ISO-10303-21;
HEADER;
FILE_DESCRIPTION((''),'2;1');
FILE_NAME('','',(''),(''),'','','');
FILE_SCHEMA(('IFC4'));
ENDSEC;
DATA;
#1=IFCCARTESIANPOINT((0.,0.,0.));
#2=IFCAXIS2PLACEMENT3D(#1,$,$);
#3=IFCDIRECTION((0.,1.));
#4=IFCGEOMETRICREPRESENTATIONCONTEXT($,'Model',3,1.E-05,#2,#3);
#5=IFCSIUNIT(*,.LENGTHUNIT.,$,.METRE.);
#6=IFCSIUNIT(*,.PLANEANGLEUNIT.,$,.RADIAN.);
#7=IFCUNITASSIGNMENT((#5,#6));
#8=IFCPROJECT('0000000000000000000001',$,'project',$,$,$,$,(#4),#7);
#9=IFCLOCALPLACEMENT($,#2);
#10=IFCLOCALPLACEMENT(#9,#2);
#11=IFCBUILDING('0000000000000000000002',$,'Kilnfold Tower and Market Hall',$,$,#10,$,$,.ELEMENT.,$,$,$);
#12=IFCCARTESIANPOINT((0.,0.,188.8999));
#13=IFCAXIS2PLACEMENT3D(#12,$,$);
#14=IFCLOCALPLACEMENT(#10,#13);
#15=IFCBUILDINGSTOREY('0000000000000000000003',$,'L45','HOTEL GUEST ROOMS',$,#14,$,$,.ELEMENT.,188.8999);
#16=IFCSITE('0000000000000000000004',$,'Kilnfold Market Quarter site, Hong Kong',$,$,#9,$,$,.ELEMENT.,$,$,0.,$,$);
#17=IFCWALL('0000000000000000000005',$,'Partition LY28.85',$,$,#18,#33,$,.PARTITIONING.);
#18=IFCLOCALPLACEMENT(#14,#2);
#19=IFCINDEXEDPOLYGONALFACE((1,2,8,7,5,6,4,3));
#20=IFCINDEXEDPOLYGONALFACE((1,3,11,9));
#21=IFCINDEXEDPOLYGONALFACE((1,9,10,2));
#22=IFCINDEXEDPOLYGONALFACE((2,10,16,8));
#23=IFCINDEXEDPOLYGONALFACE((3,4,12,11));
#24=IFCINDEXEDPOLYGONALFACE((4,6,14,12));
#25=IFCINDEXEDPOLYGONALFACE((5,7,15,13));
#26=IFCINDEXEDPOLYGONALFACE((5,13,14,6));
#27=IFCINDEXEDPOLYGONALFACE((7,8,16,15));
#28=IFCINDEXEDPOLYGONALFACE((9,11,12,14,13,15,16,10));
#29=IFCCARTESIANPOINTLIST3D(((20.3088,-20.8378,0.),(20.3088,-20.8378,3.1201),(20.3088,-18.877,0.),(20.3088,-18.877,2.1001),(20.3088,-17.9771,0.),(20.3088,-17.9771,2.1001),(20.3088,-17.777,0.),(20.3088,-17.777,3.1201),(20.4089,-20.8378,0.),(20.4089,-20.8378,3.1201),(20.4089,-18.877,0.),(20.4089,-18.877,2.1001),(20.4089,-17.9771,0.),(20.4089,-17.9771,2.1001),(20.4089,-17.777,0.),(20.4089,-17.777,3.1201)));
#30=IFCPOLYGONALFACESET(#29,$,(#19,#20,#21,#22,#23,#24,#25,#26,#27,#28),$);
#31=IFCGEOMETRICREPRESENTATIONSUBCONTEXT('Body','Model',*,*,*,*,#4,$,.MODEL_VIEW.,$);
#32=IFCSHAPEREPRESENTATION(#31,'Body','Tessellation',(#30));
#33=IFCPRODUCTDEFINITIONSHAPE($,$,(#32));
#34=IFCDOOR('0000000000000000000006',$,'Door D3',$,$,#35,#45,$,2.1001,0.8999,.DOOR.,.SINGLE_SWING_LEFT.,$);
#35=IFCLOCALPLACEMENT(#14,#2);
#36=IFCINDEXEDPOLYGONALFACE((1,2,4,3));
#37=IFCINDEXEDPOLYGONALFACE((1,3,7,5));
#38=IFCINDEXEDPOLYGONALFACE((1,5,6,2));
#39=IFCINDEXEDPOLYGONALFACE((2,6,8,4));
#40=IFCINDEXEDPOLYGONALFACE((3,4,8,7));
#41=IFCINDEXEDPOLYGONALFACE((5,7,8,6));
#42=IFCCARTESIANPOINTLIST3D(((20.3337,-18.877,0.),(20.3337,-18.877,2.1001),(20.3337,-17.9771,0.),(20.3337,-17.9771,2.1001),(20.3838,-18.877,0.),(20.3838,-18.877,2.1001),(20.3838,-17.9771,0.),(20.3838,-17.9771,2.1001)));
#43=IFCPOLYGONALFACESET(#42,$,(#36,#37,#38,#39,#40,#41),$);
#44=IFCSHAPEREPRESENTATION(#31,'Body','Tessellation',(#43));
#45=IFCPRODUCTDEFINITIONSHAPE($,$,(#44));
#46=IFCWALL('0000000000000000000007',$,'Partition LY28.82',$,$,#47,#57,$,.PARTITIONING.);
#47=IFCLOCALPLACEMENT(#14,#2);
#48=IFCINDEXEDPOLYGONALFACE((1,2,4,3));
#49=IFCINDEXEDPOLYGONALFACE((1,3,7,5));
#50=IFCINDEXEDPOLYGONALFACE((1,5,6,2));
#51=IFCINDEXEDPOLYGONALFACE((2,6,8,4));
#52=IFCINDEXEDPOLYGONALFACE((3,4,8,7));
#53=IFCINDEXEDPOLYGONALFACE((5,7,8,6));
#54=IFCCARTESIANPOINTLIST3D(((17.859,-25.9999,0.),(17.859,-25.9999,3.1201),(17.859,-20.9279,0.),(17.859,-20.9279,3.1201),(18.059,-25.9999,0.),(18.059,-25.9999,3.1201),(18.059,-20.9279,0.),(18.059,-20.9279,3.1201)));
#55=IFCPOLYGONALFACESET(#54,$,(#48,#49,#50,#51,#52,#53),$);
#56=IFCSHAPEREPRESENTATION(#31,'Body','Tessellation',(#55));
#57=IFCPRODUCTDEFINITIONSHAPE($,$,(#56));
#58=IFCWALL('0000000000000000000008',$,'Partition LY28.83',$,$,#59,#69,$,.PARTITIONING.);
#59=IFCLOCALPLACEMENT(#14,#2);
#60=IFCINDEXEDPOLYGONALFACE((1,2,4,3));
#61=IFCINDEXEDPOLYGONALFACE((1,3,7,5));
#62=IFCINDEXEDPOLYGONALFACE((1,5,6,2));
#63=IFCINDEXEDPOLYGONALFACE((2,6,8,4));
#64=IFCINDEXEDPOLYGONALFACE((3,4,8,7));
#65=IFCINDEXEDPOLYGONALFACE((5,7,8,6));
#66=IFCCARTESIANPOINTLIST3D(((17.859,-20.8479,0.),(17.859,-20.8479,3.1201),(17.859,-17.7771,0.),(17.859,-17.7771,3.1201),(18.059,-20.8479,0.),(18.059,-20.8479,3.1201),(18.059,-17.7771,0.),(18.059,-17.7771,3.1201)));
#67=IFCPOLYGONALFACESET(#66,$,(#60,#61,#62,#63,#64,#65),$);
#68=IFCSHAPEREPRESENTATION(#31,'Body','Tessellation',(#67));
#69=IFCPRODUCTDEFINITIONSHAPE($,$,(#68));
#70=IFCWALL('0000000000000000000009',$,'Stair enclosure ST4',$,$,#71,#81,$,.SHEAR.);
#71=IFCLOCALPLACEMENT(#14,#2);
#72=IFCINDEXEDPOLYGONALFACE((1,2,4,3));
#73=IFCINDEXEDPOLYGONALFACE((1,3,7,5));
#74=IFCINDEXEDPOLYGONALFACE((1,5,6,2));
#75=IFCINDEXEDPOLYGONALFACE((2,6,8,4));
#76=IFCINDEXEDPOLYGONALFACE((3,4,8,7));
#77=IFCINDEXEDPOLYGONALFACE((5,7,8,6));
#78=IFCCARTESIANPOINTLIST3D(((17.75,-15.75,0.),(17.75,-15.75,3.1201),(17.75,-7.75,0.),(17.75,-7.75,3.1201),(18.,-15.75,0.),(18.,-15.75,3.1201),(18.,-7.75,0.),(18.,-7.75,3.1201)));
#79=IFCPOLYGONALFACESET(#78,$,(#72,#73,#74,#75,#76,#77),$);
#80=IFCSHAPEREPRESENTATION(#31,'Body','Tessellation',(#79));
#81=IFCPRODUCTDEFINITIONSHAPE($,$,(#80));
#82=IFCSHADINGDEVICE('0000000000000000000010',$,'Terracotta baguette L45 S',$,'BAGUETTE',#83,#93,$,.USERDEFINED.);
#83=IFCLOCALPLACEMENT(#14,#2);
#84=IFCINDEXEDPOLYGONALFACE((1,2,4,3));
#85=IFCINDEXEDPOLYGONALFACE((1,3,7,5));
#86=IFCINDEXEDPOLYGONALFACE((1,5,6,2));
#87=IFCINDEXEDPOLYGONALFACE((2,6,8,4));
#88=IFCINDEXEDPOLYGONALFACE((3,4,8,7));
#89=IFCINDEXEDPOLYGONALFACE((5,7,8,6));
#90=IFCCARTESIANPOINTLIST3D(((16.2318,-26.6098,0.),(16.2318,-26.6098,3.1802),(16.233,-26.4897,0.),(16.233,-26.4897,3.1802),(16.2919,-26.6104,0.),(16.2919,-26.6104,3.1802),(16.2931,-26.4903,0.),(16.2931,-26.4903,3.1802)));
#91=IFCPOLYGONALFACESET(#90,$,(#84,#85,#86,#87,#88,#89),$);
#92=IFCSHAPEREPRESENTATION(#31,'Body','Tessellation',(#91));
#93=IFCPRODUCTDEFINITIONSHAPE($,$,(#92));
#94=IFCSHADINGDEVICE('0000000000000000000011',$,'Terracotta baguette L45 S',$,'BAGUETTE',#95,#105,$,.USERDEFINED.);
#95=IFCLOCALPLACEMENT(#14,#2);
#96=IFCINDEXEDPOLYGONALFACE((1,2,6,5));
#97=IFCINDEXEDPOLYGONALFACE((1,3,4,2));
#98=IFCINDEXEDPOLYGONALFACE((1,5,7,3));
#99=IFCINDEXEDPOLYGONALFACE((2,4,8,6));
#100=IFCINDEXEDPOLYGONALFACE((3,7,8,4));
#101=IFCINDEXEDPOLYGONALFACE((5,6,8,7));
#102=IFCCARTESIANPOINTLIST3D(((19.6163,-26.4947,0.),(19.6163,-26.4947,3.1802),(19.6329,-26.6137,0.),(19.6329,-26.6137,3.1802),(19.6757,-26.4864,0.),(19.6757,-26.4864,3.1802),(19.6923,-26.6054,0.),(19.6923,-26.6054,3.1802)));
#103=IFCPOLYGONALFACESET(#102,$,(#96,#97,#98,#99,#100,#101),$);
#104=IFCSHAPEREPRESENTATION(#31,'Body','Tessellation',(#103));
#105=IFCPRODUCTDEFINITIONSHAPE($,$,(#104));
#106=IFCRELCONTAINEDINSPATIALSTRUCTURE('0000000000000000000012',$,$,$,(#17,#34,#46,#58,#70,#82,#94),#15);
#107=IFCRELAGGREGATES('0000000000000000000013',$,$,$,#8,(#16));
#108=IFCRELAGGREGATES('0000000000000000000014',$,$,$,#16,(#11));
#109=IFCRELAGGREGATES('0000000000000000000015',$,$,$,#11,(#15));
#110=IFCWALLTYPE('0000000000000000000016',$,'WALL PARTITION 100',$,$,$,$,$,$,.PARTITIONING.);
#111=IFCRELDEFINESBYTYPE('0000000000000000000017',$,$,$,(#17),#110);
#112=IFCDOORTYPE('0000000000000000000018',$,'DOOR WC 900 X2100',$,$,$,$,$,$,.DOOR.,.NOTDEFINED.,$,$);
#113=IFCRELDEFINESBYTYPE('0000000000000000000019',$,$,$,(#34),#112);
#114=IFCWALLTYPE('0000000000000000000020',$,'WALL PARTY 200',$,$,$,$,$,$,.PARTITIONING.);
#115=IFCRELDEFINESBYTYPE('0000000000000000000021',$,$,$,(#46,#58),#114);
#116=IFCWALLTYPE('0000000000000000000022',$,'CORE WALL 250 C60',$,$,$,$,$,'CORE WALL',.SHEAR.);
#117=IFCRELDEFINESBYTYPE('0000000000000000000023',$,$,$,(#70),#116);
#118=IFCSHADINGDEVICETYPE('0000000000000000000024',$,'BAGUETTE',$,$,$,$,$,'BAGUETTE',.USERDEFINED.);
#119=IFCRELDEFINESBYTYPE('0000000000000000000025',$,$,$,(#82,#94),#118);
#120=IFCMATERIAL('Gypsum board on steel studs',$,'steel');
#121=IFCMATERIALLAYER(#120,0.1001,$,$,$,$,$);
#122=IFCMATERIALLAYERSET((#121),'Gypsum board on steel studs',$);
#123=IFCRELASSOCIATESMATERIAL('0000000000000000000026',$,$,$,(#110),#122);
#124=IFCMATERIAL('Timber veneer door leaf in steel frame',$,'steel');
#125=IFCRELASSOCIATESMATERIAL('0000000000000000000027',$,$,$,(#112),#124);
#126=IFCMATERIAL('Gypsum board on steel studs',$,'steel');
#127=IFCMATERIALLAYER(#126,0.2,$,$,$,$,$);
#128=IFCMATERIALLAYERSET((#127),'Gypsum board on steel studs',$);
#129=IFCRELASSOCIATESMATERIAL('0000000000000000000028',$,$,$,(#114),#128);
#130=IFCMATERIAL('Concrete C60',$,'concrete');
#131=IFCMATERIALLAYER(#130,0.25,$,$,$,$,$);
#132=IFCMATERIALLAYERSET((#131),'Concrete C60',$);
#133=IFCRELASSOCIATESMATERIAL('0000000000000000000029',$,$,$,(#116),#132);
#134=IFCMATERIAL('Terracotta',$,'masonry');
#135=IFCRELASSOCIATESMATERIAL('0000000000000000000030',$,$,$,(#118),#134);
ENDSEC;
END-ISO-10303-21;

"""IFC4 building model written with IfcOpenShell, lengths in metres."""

from ifc_helpers import new_model, si_unit, direction, frame, frame_2d, origin, origin_2d, place, context, subcontext, project, spatial, rectangle, extrude, source, transform, mapped, material, layer, layer_set, material_profile, profile_set, type_object, element, fill, save


model = new_model("IFC4")

# Units and contexts
model_context = context("Model", 3, precision=1e-05, world=origin(), true_north=direction((0.0, 1.0)))
body_context = subcontext(model_context, "Body", "Model", "MODEL_VIEW")
ifc_project = project(units=[si_unit("LENGTHUNIT", "METRE"), si_unit("PLANEANGLEUNIT", "RADIAN")], contexts=[model_context])

# Site, building, storey
site_placement = place(None, origin())
site = spatial("IfcSite", under=ifc_project, at=site_placement, Name="Kilnfold Market Quarter site, Hong Kong", CompositionType="ELEMENT", RefElevation=0.0)
building_placement = place(site_placement, origin())
building = spatial("IfcBuilding", under=site, at=building_placement, Name="Kilnfold Tower and Market Hall", CompositionType="ELEMENT")
storey_placement = place(building_placement, frame((0.0, 0.0, 188.8999)))
storey = spatial("IfcBuildingStorey", under=building, at=storey_placement, Name="L45", Description="HOTEL GUEST ROOMS", CompositionType="ELEMENT", Elevation=188.8999)

# Shared definitions
ifc_material_1 = material(Name="Gypsum board on steel studs", Category="steel")
ifc_layer_1 = layer(ifc_material_1, 0.1001)
ifc_layer_set_1 = layer_set([ifc_layer_1], Name="Gypsum board on steel studs")
wall_type_1 = type_object("IfcWallType", Name="WALL PARTITION 100", PredefinedType="PARTITIONING", material=ifc_layer_set_1)
ifc_material_2 = material(Name="Timber veneer door leaf in steel frame", Category="steel")
door_type_1 = type_object("IfcDoorType", Name="DOOR WC 900 X2100", OperationType="NOTDEFINED", PredefinedType="DOOR", material=ifc_material_2)

# Wall, opening, door
wall_1_placement = place(storey_placement, frame((20.3589, -17.7771, 0.0), z_axis=(0.0, 0.0, 1.0), x_axis=(0.0, -1.0, 0.0)))
wall_1 = element("IfcWall", 1, at=wall_1_placement, inside=storey, type_object=wall_type_1, Name="Partition LY28.85", PredefinedType="PARTITIONING", context=body_context, shape_type="SweptSolid", body=[
    extrude(rectangle(XDim=3.0608, YDim=0.1001, at=frame_2d((1.5303, 0.0))), origin(), (0.0, 0.0, 1.0), 3.1201),
])
opening_1_placement = place(wall_1_placement, frame((0.2, 0.0, 0.0)))
opening_1 = element("IfcOpeningElement", 2, at=opening_1_placement, cuts=wall_1, PredefinedType="OPENING", context=body_context, shape_type="SweptSolid", body=[
    extrude(rectangle(XDim=0.8999, YDim=2.1001, at=frame_2d((0.45, 1.05))), frame((0.0, 0.0601, 0.0), z_axis=(0.0, -1.0, 0.0), x_axis=(1.0, 0.0, 0.0)), (0.0, 0.0, 1.0), 0.1201),
])
door_1_placement = place(opening_1_placement, origin())
door_1 = element("IfcDoor", 3, at=door_1_placement, inside=storey, type_object=door_type_1, Name="Door D3", OperationType="SINGLE_SWING_LEFT", OverallHeight=2.1001, OverallWidth=0.8999, PredefinedType="DOOR", context=body_context, shape_type="SweptSolid", body=[
    extrude(rectangle(XDim=0.8999, YDim=2.1001, at=frame_2d((0.45, 1.05))), frame((0.0, 0.0249, 0.0), z_axis=(0.0, -1.0, 0.0), x_axis=(1.0, 0.0, 0.0)), (0.0, 0.0, 1.0), 0.05),
])
fill(opening_1, door_1)

# Walls
ifc_material_3 = material(Name="Gypsum board on steel studs", Category="steel")
ifc_layer_2 = layer(ifc_material_3, 0.2)
ifc_layer_set_2 = layer_set([ifc_layer_2], Name="Gypsum board on steel studs")
wall_type_2 = type_object("IfcWallType", Name="WALL PARTY 200", PredefinedType="PARTITIONING", material=ifc_layer_set_2)
wall_2_placement = place(storey_placement, frame((17.959, -26.0, 0.0), z_axis=(0.0, 0.0, 1.0), x_axis=(0.0, 1.0, 0.0)))
element("IfcWall", 4, at=wall_2_placement, inside=storey, type_object=wall_type_2, Name="Partition LY28.82", PredefinedType="PARTITIONING", context=body_context, shape_type="SweptSolid", body=[
    extrude(rectangle(XDim=5.072, YDim=0.2, at=frame_2d((2.5361, 0.0))), origin(), (0.0, 0.0, 1.0), 3.1201),
])
wall_3_placement = place(storey_placement, frame((17.959, -20.8479, 0.0), z_axis=(0.0, 0.0, 1.0), x_axis=(0.0, 1.0, 0.0)))
element("IfcWall", 5, at=wall_3_placement, inside=storey, type_object=wall_type_2, Name="Partition LY28.83", PredefinedType="PARTITIONING", context=body_context, shape_type="SweptSolid", body=[
    extrude(rectangle(XDim=3.0708, YDim=0.2, at=frame_2d((1.5354, 0.0))), origin(), (0.0, 0.0, 1.0), 3.1201),
])
ifc_material_4 = material(Name="Concrete C60", Category="concrete")
ifc_layer_3 = layer(ifc_material_4, 0.25)
ifc_layer_set_3 = layer_set([ifc_layer_3], Name="Concrete C60")
wall_type_3 = type_object("IfcWallType", Name="CORE WALL 250 C60", ElementType="CORE WALL", PredefinedType="SHEAR", material=ifc_layer_set_3)
shared_shape_1 = source(origin(), body_context, "Body", "SweptSolid", [
    extrude(rectangle(XDim=8.0, YDim=0.25, at=frame_2d((4.0, 0.0))), origin(), (0.0, 0.0, 1.0), 3.1201),
])
wall_4_placement = place(storey_placement, frame((17.875, -15.75, 0.0), z_axis=(0.0, 0.0, 1.0), x_axis=(0.0, 1.0, 0.0)))
element("IfcWall", 6, at=wall_4_placement, inside=storey, type_object=wall_type_3, Name="Stair enclosure ST4", PredefinedType="SHEAR", context=body_context, shape_type="MappedRepresentation", body=[
    mapped(shared_shape_1, transform((0.0, 0.0, 0.0))),
])

# Shading devices
ifc_material_5 = material(Name="Terracotta", Category="masonry")
ifc_material_profile_1 = material_profile(ifc_material_5, rectangle(XDim=0.0601, YDim=0.1201, at=origin_2d()), Name="BAG 60x120")
ifc_profile_set_1 = profile_set([ifc_material_profile_1], Name="Terracotta")
shading_device_type = type_object("IfcShadingDeviceType", Name="BAGUETTE", ElementType="BAGUETTE", PredefinedType="USERDEFINED", material=ifc_profile_set_1)
shared_shape_2 = source(origin(), body_context, "Body", "SweptSolid", [
    extrude(rectangle(XDim=0.0601, YDim=0.1201, at=origin_2d()), origin(), (0.0, 0.0, 1.0), 3.1802),
])
for number, where, z_axis, x_axis, name in (
    (7, (16.2625, -26.55, 0.0), (0.0, 0.0, 1.0), (0.999954, -0.009611, 0.0), "Terracotta baguette L45 S"),
    (8, (19.6543, -26.55, 0.0), (0.0, 0.0, 1.0), (0.990402, 0.138219, 0.0), "Terracotta baguette L45 S"),
):
    element("IfcShadingDevice", number, at=place(storey_placement, frame(where, z_axis=z_axis, x_axis=x_axis)), inside=storey, type_object=shading_device_type, Name=name, ObjectType="BAGUETTE", PredefinedType="USERDEFINED", context=body_context, shape_type="MappedRepresentation", body=[
        mapped(shared_shape_2, transform((0.0, 0.0, 0.0))),
    ])

save(model, "model.ifc")
